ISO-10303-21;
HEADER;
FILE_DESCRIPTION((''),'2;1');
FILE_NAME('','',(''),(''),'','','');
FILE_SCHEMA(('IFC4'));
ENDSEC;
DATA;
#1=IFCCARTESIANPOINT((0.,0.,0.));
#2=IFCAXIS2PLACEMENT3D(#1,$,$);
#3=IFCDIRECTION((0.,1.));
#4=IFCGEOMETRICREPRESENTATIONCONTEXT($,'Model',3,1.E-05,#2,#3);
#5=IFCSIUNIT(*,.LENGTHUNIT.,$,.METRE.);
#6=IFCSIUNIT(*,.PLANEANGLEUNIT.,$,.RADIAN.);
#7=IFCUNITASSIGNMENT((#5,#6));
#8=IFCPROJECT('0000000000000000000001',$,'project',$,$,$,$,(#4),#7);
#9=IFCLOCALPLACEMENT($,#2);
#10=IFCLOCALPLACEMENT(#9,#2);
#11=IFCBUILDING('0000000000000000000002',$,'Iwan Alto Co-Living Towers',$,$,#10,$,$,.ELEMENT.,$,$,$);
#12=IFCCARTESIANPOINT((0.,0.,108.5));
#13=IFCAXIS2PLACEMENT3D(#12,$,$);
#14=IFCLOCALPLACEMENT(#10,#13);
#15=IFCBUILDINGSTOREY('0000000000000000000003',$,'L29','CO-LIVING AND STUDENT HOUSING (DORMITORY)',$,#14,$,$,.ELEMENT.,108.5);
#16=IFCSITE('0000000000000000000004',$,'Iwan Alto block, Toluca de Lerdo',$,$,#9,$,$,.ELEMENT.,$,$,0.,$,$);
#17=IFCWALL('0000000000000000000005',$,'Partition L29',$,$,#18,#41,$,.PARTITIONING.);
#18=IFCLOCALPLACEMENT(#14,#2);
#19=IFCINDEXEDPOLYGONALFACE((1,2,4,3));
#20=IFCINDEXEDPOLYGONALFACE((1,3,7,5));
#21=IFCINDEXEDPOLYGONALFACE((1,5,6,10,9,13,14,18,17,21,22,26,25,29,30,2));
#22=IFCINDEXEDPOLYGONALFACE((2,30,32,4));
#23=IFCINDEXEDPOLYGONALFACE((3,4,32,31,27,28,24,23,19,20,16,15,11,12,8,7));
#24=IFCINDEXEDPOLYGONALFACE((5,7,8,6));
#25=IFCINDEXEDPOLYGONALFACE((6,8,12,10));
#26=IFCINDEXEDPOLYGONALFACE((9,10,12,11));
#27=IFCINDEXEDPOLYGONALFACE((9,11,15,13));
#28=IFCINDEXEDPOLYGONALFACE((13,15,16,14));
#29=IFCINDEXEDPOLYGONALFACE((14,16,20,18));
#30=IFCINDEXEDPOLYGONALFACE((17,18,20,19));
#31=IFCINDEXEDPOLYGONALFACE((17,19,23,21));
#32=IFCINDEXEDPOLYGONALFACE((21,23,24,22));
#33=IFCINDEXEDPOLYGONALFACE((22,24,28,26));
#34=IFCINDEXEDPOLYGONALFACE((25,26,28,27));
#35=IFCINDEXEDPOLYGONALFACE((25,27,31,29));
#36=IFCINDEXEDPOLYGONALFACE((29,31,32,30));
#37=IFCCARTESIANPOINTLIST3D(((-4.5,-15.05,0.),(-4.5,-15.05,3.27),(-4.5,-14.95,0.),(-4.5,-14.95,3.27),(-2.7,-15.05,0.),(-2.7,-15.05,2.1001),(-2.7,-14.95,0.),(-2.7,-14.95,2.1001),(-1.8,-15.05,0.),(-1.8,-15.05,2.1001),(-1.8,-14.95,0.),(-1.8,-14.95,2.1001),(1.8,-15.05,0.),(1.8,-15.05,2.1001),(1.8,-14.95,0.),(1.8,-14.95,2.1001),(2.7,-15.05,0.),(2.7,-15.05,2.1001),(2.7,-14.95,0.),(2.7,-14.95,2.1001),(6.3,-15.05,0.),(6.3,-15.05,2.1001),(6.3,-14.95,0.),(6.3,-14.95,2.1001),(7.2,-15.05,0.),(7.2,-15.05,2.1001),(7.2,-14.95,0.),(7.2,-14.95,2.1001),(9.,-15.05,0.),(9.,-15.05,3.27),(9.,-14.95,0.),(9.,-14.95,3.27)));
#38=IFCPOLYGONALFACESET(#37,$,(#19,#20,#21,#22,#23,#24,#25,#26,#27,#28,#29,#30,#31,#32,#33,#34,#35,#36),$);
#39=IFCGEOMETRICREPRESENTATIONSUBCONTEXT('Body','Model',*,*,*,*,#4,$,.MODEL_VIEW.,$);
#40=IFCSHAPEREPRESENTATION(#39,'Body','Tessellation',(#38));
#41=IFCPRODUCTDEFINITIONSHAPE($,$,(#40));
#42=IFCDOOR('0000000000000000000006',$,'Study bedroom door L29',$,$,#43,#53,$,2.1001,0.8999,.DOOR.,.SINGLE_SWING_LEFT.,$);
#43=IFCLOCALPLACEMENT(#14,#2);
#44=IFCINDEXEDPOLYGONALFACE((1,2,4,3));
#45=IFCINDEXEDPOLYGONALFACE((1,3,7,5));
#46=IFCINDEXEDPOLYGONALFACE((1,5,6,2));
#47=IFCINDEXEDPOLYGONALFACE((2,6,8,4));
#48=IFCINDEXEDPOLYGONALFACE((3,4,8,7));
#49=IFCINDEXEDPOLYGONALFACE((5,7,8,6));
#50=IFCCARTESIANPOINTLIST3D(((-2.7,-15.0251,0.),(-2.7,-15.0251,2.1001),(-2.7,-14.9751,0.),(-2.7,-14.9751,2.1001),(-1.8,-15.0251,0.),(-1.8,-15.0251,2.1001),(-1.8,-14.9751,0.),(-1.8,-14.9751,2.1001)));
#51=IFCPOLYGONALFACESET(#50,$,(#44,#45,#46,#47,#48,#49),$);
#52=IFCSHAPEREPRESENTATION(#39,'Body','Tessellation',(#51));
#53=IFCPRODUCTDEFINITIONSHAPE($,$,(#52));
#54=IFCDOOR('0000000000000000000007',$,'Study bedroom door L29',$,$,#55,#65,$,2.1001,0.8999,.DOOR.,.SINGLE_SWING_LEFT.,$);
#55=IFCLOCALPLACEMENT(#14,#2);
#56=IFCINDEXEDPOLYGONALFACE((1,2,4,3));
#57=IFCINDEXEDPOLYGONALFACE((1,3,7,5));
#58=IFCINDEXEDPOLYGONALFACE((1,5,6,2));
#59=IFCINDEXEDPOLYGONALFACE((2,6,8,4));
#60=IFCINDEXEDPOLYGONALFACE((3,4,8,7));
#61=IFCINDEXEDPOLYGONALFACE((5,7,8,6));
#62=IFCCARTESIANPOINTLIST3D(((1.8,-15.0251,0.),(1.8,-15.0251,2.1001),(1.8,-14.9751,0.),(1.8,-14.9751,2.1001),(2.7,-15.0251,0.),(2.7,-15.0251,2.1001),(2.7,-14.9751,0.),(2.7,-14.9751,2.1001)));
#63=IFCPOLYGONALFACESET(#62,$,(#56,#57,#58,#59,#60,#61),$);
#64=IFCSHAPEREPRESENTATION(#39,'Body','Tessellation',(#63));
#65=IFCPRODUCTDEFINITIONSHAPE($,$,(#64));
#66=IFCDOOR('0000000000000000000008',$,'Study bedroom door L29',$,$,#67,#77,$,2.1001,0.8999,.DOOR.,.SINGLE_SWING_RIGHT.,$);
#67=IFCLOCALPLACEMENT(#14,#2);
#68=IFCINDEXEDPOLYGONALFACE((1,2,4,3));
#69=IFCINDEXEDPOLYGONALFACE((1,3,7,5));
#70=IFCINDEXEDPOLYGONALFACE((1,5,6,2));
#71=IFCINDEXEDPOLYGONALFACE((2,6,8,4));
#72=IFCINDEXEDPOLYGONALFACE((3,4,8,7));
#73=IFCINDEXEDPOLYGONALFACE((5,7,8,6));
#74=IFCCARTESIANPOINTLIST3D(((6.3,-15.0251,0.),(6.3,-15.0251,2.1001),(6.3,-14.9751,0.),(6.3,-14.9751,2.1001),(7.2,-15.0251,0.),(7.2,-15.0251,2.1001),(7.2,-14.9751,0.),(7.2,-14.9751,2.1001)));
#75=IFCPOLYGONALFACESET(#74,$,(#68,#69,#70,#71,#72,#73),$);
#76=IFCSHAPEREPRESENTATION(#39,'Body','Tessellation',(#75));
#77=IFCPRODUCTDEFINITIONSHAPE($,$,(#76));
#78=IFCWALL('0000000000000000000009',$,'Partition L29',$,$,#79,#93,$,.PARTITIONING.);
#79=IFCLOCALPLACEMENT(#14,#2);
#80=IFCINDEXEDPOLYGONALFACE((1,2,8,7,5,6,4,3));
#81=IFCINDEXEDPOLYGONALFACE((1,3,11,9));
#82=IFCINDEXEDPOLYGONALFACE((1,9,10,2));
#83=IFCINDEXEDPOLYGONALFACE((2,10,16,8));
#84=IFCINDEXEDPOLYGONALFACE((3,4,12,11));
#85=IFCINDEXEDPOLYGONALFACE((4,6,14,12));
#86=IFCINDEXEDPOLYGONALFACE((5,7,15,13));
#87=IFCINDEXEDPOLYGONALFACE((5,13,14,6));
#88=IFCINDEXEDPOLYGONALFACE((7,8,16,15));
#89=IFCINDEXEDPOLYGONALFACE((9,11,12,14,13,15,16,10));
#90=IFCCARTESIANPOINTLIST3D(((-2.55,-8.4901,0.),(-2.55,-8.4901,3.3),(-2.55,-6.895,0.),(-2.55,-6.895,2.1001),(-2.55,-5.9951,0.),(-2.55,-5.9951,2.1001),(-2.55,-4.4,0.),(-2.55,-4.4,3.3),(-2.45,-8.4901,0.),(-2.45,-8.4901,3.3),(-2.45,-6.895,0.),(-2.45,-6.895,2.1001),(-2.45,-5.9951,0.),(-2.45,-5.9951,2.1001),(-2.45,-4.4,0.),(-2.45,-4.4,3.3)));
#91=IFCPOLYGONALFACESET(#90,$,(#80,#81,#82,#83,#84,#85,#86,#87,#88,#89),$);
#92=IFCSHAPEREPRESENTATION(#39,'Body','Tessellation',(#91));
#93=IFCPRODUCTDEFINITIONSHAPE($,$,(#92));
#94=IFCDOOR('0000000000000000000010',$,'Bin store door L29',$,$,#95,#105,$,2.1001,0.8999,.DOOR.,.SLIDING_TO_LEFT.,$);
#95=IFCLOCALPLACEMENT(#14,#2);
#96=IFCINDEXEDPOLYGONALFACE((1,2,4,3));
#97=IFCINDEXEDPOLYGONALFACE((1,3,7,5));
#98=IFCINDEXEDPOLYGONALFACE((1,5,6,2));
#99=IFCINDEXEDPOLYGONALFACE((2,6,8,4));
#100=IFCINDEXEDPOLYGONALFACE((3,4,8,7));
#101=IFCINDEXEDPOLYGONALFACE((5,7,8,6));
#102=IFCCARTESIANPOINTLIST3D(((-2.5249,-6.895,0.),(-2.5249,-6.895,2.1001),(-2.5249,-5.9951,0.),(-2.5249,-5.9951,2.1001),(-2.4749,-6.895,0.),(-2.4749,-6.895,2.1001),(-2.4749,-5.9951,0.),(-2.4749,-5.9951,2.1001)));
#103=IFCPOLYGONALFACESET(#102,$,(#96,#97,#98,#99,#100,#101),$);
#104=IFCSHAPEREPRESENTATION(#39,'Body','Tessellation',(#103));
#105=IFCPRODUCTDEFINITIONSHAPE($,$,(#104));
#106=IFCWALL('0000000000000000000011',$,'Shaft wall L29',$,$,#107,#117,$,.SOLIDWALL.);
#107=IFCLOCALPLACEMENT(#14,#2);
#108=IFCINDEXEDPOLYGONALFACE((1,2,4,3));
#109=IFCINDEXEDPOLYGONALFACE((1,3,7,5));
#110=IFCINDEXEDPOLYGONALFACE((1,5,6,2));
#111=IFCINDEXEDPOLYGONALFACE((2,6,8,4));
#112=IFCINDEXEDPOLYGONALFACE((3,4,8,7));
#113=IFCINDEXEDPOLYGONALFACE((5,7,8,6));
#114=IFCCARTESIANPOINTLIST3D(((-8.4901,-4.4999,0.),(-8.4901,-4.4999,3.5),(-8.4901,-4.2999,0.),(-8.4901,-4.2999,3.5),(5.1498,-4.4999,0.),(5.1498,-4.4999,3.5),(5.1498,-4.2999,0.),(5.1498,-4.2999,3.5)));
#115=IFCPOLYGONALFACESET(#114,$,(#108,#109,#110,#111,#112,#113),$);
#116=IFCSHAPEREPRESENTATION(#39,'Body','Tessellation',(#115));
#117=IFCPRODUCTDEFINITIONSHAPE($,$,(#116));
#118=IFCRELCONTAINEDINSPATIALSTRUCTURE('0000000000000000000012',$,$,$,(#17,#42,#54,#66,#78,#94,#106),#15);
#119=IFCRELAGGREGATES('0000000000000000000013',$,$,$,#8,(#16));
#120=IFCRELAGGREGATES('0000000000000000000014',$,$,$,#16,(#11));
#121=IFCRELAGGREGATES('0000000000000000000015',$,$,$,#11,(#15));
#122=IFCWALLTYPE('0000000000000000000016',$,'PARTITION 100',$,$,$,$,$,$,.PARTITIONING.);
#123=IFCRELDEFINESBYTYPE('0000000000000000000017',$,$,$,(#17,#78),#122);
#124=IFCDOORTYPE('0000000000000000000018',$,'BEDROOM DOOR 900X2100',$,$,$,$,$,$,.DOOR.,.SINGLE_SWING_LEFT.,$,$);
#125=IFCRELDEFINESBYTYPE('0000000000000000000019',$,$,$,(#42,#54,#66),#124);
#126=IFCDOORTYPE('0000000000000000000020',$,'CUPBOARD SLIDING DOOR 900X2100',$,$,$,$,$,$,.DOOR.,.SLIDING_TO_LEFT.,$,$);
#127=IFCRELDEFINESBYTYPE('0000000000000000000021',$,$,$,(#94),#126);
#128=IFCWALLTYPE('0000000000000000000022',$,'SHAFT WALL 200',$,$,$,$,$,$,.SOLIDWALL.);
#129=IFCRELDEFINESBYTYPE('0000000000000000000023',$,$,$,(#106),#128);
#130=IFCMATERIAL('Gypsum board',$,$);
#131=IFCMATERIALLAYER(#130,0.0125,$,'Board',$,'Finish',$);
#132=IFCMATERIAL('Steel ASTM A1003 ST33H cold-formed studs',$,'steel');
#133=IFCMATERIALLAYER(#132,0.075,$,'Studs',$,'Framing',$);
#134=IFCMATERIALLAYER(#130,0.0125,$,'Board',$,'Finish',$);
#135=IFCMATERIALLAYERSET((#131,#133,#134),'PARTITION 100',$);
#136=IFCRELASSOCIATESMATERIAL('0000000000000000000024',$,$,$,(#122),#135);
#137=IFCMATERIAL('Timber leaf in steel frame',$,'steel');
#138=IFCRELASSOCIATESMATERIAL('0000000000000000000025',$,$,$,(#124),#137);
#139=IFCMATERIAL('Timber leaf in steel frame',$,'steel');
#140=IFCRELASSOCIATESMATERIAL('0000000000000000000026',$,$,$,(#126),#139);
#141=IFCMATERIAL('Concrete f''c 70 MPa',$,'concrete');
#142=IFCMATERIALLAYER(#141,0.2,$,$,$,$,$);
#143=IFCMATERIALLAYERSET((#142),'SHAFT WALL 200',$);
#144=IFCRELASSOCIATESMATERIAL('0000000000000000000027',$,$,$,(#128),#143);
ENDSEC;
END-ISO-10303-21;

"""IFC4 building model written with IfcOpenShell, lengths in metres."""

from ifc_helpers import new_model, si_unit, direction, frame, frame_2d, origin, place, context, subcontext, project, spatial, rectangle, extrude, material, layer, layer_set, type_object, element, fill, save


model = new_model("IFC4")

# Units and contexts
model_context = context("Model", 3, precision=1e-05, world=origin(), true_north=direction((0.0, 1.0)))
body_context = subcontext(model_context, "Body", "Model", "MODEL_VIEW")
ifc_project = project(units=[si_unit("LENGTHUNIT", "METRE"), si_unit("PLANEANGLEUNIT", "RADIAN")], contexts=[model_context])

# Site, building, storey
site_placement = place(None, origin())
site = spatial("IfcSite", under=ifc_project, at=site_placement, Name="Iwan Alto block, Toluca de Lerdo", CompositionType="ELEMENT", RefElevation=0.0)
building_placement = place(site_placement, origin())
building = spatial("IfcBuilding", under=site, at=building_placement, Name="Iwan Alto Co-Living Towers", CompositionType="ELEMENT")
storey_placement = place(building_placement, frame((0.0, 0.0, 108.5)))
storey = spatial("IfcBuildingStorey", under=building, at=storey_placement, Name="L29", Description="CO-LIVING AND STUDENT HOUSING (DORMITORY)", CompositionType="ELEMENT", Elevation=108.5)

# Shared definitions
ifc_material_1 = material(Name="Gypsum board")
ifc_material_2 = material(Name="Steel ASTM A1003 ST33H cold-formed studs", Category="steel")

# Wall, openings, doors
ifc_layer_1 = layer(ifc_material_1, 0.0125, Name="Board", Category="Finish")
ifc_layer_2 = layer(ifc_material_2, 0.075, Name="Studs", Category="Framing")
ifc_layer_3 = layer(ifc_material_1, 0.0125, Name="Board", Category="Finish")
ifc_layer_set_1 = layer_set([ifc_layer_1, ifc_layer_2, ifc_layer_3], Name="PARTITION 100")
wall_type_1 = type_object("IfcWallType", Name="PARTITION 100", PredefinedType="PARTITIONING", material=ifc_layer_set_1)
wall_1_placement = place(storey_placement, frame((-4.5, -15.0, 0.0), z_axis=(0.0, 0.0, 1.0), x_axis=(1.0, 0.0, 0.0)))
wall_1 = element("IfcWall", 1, at=wall_1_placement, inside=storey, type_object=wall_type_1, Name="Partition L29", PredefinedType="PARTITIONING", context=body_context, shape_type="SweptSolid", body=[
    extrude(rectangle(XDim=13.5, YDim=0.1001, at=frame_2d((6.75, 0.0))), origin(), (0.0, 0.0, 1.0), 3.27),
])
opening_1_placement = place(wall_1_placement, frame((1.8, 0.0, 0.0)))
opening_1 = element("IfcOpeningElement", 2, at=opening_1_placement, cuts=wall_1, PredefinedType="OPENING", context=body_context, shape_type="SweptSolid", body=[
    extrude(rectangle(XDim=0.8999, YDim=2.1001, at=frame_2d((0.45, 1.05))), frame((0.0, 0.0601, 0.0), z_axis=(0.0, -1.0, 0.0), x_axis=(1.0, 0.0, 0.0)), (0.0, 0.0, 1.0), 0.1201),
])
opening_2_placement = place(wall_1_placement, frame((6.3, 0.0, 0.0)))
opening_2 = element("IfcOpeningElement", 3, at=opening_2_placement, cuts=wall_1, PredefinedType="OPENING", context=body_context, shape_type="SweptSolid", body=[
    extrude(rectangle(XDim=0.8999, YDim=2.1001, at=frame_2d((0.45, 1.05))), frame((0.0, 0.0601, 0.0), z_axis=(0.0, -1.0, 0.0), x_axis=(1.0, 0.0, 0.0)), (0.0, 0.0, 1.0), 0.1201),
])
opening_3_placement = place(wall_1_placement, frame((10.8, 0.0, 0.0)))
opening_3 = element("IfcOpeningElement", 4, at=opening_3_placement, cuts=wall_1, PredefinedType="OPENING", context=body_context, shape_type="SweptSolid", body=[
    extrude(rectangle(XDim=0.8999, YDim=2.1001, at=frame_2d((0.45, 1.05))), frame((0.0, 0.0601, 0.0), z_axis=(0.0, -1.0, 0.0), x_axis=(1.0, 0.0, 0.0)), (0.0, 0.0, 1.0), 0.1201),
])
ifc_material_3 = material(Name="Timber leaf in steel frame", Category="steel")
door_type_1 = type_object("IfcDoorType", Name="BEDROOM DOOR 900X2100", OperationType="SINGLE_SWING_LEFT", PredefinedType="DOOR", material=ifc_material_3)
door_1_placement = place(opening_1_placement, origin())
door_1 = element("IfcDoor", 5, at=door_1_placement, inside=storey, type_object=door_type_1, Name="Study bedroom door L29", OperationType="SINGLE_SWING_LEFT", OverallHeight=2.1001, OverallWidth=0.8999, PredefinedType="DOOR", context=body_context, shape_type="SweptSolid", body=[
    extrude(rectangle(XDim=0.8999, YDim=2.1001, at=frame_2d((0.45, 1.05))), frame((0.0, 0.0249, 0.0), z_axis=(0.0, -1.0, 0.0), x_axis=(1.0, 0.0, 0.0)), (0.0, 0.0, 1.0), 0.05),
])
fill(opening_1, door_1)
door_2_placement = place(opening_2_placement, origin())
door_2 = element("IfcDoor", 6, at=door_2_placement, inside=storey, type_object=door_type_1, Name="Study bedroom door L29", OperationType="SINGLE_SWING_LEFT", OverallHeight=2.1001, OverallWidth=0.8999, PredefinedType="DOOR", context=body_context, shape_type="SweptSolid", body=[
    extrude(rectangle(XDim=0.8999, YDim=2.1001, at=frame_2d((0.45, 1.05))), frame((0.0, 0.0249, 0.0), z_axis=(0.0, -1.0, 0.0), x_axis=(1.0, 0.0, 0.0)), (0.0, 0.0, 1.0), 0.05),
])
fill(opening_2, door_2)
door_3_placement = place(opening_3_placement, origin())
door_3 = element("IfcDoor", 7, at=door_3_placement, inside=storey, type_object=door_type_1, Name="Study bedroom door L29", OperationType="SINGLE_SWING_RIGHT", OverallHeight=2.1001, OverallWidth=0.8999, PredefinedType="DOOR", context=body_context, shape_type="SweptSolid", body=[
    extrude(rectangle(XDim=0.8999, YDim=2.1001, at=frame_2d((0.45, 1.05))), frame((0.0, 0.0249, 0.0), z_axis=(0.0, -1.0, 0.0), x_axis=(1.0, 0.0, 0.0)), (0.0, 0.0, 1.0), 0.05),
])
fill(opening_3, door_3)

# Wall, opening, door
wall_2_placement = place(storey_placement, frame((-2.5, -8.49, 0.0), z_axis=(0.0, 0.0, 1.0), x_axis=(0.0, 1.0, 0.0)))
wall_2 = element("IfcWall", 8, at=wall_2_placement, inside=storey, type_object=wall_type_1, Name="Partition L29", PredefinedType="PARTITIONING", context=body_context, shape_type="SweptSolid", body=[
    extrude(rectangle(XDim=4.0901, YDim=0.1001, at=frame_2d((2.0449, 0.0))), origin(), (0.0, 0.0, 1.0), 3.3),
])
opening_4_placement = place(wall_2_placement, frame((1.595, 0.0, 0.0)))
opening_4 = element("IfcOpeningElement", 9, at=opening_4_placement, cuts=wall_2, PredefinedType="OPENING", context=body_context, shape_type="SweptSolid", body=[
    extrude(rectangle(XDim=0.8999, YDim=2.1001, at=frame_2d((0.45, 1.05))), frame((0.0, 0.0601, 0.0), z_axis=(0.0, -1.0, 0.0), x_axis=(1.0, 0.0, 0.0)), (0.0, 0.0, 1.0), 0.1201),
])
ifc_material_4 = material(Name="Timber leaf in steel frame", Category="steel")
door_type_2 = type_object("IfcDoorType", Name="CUPBOARD SLIDING DOOR 900X2100", OperationType="SLIDING_TO_LEFT", PredefinedType="DOOR", material=ifc_material_4)
door_4_placement = place(opening_4_placement, origin())
door_4 = element("IfcDoor", 10, at=door_4_placement, inside=storey, type_object=door_type_2, Name="Bin store door L29", OperationType="SLIDING_TO_LEFT", OverallHeight=2.1001, OverallWidth=0.8999, PredefinedType="DOOR", context=body_context, shape_type="SweptSolid", body=[
    extrude(rectangle(XDim=0.8999, YDim=2.1001, at=frame_2d((0.45, 1.05))), frame((0.0, 0.0249, 0.0), z_axis=(0.0, -1.0, 0.0), x_axis=(1.0, 0.0, 0.0)), (0.0, 0.0, 1.0), 0.05),
])
fill(opening_4, door_4)

# Wall
ifc_material_5 = material(Name="Concrete f'c 70 MPa", Category="concrete")
ifc_layer_4 = layer(ifc_material_5, 0.2)
ifc_layer_set_2 = layer_set([ifc_layer_4], Name="SHAFT WALL 200")
wall_type_2 = type_object("IfcWallType", Name="SHAFT WALL 200", PredefinedType="SOLIDWALL", material=ifc_layer_set_2)
wall_3_placement = place(storey_placement, frame((-8.49, -4.3999, 0.0), z_axis=(0.0, 0.0, 1.0), x_axis=(1.0, 0.0, 0.0)))
element("IfcWall", 11, at=wall_3_placement, inside=storey, type_object=wall_type_2, Name="Shaft wall L29", PredefinedType="SOLIDWALL", context=body_context, shape_type="SweptSolid", body=[
    extrude(rectangle(XDim=13.6399, YDim=0.2, at=frame_2d((6.8198, 0.0))), origin(), (0.0, 0.0, 1.0), 3.5),
])

save(model, "model.ifc")
